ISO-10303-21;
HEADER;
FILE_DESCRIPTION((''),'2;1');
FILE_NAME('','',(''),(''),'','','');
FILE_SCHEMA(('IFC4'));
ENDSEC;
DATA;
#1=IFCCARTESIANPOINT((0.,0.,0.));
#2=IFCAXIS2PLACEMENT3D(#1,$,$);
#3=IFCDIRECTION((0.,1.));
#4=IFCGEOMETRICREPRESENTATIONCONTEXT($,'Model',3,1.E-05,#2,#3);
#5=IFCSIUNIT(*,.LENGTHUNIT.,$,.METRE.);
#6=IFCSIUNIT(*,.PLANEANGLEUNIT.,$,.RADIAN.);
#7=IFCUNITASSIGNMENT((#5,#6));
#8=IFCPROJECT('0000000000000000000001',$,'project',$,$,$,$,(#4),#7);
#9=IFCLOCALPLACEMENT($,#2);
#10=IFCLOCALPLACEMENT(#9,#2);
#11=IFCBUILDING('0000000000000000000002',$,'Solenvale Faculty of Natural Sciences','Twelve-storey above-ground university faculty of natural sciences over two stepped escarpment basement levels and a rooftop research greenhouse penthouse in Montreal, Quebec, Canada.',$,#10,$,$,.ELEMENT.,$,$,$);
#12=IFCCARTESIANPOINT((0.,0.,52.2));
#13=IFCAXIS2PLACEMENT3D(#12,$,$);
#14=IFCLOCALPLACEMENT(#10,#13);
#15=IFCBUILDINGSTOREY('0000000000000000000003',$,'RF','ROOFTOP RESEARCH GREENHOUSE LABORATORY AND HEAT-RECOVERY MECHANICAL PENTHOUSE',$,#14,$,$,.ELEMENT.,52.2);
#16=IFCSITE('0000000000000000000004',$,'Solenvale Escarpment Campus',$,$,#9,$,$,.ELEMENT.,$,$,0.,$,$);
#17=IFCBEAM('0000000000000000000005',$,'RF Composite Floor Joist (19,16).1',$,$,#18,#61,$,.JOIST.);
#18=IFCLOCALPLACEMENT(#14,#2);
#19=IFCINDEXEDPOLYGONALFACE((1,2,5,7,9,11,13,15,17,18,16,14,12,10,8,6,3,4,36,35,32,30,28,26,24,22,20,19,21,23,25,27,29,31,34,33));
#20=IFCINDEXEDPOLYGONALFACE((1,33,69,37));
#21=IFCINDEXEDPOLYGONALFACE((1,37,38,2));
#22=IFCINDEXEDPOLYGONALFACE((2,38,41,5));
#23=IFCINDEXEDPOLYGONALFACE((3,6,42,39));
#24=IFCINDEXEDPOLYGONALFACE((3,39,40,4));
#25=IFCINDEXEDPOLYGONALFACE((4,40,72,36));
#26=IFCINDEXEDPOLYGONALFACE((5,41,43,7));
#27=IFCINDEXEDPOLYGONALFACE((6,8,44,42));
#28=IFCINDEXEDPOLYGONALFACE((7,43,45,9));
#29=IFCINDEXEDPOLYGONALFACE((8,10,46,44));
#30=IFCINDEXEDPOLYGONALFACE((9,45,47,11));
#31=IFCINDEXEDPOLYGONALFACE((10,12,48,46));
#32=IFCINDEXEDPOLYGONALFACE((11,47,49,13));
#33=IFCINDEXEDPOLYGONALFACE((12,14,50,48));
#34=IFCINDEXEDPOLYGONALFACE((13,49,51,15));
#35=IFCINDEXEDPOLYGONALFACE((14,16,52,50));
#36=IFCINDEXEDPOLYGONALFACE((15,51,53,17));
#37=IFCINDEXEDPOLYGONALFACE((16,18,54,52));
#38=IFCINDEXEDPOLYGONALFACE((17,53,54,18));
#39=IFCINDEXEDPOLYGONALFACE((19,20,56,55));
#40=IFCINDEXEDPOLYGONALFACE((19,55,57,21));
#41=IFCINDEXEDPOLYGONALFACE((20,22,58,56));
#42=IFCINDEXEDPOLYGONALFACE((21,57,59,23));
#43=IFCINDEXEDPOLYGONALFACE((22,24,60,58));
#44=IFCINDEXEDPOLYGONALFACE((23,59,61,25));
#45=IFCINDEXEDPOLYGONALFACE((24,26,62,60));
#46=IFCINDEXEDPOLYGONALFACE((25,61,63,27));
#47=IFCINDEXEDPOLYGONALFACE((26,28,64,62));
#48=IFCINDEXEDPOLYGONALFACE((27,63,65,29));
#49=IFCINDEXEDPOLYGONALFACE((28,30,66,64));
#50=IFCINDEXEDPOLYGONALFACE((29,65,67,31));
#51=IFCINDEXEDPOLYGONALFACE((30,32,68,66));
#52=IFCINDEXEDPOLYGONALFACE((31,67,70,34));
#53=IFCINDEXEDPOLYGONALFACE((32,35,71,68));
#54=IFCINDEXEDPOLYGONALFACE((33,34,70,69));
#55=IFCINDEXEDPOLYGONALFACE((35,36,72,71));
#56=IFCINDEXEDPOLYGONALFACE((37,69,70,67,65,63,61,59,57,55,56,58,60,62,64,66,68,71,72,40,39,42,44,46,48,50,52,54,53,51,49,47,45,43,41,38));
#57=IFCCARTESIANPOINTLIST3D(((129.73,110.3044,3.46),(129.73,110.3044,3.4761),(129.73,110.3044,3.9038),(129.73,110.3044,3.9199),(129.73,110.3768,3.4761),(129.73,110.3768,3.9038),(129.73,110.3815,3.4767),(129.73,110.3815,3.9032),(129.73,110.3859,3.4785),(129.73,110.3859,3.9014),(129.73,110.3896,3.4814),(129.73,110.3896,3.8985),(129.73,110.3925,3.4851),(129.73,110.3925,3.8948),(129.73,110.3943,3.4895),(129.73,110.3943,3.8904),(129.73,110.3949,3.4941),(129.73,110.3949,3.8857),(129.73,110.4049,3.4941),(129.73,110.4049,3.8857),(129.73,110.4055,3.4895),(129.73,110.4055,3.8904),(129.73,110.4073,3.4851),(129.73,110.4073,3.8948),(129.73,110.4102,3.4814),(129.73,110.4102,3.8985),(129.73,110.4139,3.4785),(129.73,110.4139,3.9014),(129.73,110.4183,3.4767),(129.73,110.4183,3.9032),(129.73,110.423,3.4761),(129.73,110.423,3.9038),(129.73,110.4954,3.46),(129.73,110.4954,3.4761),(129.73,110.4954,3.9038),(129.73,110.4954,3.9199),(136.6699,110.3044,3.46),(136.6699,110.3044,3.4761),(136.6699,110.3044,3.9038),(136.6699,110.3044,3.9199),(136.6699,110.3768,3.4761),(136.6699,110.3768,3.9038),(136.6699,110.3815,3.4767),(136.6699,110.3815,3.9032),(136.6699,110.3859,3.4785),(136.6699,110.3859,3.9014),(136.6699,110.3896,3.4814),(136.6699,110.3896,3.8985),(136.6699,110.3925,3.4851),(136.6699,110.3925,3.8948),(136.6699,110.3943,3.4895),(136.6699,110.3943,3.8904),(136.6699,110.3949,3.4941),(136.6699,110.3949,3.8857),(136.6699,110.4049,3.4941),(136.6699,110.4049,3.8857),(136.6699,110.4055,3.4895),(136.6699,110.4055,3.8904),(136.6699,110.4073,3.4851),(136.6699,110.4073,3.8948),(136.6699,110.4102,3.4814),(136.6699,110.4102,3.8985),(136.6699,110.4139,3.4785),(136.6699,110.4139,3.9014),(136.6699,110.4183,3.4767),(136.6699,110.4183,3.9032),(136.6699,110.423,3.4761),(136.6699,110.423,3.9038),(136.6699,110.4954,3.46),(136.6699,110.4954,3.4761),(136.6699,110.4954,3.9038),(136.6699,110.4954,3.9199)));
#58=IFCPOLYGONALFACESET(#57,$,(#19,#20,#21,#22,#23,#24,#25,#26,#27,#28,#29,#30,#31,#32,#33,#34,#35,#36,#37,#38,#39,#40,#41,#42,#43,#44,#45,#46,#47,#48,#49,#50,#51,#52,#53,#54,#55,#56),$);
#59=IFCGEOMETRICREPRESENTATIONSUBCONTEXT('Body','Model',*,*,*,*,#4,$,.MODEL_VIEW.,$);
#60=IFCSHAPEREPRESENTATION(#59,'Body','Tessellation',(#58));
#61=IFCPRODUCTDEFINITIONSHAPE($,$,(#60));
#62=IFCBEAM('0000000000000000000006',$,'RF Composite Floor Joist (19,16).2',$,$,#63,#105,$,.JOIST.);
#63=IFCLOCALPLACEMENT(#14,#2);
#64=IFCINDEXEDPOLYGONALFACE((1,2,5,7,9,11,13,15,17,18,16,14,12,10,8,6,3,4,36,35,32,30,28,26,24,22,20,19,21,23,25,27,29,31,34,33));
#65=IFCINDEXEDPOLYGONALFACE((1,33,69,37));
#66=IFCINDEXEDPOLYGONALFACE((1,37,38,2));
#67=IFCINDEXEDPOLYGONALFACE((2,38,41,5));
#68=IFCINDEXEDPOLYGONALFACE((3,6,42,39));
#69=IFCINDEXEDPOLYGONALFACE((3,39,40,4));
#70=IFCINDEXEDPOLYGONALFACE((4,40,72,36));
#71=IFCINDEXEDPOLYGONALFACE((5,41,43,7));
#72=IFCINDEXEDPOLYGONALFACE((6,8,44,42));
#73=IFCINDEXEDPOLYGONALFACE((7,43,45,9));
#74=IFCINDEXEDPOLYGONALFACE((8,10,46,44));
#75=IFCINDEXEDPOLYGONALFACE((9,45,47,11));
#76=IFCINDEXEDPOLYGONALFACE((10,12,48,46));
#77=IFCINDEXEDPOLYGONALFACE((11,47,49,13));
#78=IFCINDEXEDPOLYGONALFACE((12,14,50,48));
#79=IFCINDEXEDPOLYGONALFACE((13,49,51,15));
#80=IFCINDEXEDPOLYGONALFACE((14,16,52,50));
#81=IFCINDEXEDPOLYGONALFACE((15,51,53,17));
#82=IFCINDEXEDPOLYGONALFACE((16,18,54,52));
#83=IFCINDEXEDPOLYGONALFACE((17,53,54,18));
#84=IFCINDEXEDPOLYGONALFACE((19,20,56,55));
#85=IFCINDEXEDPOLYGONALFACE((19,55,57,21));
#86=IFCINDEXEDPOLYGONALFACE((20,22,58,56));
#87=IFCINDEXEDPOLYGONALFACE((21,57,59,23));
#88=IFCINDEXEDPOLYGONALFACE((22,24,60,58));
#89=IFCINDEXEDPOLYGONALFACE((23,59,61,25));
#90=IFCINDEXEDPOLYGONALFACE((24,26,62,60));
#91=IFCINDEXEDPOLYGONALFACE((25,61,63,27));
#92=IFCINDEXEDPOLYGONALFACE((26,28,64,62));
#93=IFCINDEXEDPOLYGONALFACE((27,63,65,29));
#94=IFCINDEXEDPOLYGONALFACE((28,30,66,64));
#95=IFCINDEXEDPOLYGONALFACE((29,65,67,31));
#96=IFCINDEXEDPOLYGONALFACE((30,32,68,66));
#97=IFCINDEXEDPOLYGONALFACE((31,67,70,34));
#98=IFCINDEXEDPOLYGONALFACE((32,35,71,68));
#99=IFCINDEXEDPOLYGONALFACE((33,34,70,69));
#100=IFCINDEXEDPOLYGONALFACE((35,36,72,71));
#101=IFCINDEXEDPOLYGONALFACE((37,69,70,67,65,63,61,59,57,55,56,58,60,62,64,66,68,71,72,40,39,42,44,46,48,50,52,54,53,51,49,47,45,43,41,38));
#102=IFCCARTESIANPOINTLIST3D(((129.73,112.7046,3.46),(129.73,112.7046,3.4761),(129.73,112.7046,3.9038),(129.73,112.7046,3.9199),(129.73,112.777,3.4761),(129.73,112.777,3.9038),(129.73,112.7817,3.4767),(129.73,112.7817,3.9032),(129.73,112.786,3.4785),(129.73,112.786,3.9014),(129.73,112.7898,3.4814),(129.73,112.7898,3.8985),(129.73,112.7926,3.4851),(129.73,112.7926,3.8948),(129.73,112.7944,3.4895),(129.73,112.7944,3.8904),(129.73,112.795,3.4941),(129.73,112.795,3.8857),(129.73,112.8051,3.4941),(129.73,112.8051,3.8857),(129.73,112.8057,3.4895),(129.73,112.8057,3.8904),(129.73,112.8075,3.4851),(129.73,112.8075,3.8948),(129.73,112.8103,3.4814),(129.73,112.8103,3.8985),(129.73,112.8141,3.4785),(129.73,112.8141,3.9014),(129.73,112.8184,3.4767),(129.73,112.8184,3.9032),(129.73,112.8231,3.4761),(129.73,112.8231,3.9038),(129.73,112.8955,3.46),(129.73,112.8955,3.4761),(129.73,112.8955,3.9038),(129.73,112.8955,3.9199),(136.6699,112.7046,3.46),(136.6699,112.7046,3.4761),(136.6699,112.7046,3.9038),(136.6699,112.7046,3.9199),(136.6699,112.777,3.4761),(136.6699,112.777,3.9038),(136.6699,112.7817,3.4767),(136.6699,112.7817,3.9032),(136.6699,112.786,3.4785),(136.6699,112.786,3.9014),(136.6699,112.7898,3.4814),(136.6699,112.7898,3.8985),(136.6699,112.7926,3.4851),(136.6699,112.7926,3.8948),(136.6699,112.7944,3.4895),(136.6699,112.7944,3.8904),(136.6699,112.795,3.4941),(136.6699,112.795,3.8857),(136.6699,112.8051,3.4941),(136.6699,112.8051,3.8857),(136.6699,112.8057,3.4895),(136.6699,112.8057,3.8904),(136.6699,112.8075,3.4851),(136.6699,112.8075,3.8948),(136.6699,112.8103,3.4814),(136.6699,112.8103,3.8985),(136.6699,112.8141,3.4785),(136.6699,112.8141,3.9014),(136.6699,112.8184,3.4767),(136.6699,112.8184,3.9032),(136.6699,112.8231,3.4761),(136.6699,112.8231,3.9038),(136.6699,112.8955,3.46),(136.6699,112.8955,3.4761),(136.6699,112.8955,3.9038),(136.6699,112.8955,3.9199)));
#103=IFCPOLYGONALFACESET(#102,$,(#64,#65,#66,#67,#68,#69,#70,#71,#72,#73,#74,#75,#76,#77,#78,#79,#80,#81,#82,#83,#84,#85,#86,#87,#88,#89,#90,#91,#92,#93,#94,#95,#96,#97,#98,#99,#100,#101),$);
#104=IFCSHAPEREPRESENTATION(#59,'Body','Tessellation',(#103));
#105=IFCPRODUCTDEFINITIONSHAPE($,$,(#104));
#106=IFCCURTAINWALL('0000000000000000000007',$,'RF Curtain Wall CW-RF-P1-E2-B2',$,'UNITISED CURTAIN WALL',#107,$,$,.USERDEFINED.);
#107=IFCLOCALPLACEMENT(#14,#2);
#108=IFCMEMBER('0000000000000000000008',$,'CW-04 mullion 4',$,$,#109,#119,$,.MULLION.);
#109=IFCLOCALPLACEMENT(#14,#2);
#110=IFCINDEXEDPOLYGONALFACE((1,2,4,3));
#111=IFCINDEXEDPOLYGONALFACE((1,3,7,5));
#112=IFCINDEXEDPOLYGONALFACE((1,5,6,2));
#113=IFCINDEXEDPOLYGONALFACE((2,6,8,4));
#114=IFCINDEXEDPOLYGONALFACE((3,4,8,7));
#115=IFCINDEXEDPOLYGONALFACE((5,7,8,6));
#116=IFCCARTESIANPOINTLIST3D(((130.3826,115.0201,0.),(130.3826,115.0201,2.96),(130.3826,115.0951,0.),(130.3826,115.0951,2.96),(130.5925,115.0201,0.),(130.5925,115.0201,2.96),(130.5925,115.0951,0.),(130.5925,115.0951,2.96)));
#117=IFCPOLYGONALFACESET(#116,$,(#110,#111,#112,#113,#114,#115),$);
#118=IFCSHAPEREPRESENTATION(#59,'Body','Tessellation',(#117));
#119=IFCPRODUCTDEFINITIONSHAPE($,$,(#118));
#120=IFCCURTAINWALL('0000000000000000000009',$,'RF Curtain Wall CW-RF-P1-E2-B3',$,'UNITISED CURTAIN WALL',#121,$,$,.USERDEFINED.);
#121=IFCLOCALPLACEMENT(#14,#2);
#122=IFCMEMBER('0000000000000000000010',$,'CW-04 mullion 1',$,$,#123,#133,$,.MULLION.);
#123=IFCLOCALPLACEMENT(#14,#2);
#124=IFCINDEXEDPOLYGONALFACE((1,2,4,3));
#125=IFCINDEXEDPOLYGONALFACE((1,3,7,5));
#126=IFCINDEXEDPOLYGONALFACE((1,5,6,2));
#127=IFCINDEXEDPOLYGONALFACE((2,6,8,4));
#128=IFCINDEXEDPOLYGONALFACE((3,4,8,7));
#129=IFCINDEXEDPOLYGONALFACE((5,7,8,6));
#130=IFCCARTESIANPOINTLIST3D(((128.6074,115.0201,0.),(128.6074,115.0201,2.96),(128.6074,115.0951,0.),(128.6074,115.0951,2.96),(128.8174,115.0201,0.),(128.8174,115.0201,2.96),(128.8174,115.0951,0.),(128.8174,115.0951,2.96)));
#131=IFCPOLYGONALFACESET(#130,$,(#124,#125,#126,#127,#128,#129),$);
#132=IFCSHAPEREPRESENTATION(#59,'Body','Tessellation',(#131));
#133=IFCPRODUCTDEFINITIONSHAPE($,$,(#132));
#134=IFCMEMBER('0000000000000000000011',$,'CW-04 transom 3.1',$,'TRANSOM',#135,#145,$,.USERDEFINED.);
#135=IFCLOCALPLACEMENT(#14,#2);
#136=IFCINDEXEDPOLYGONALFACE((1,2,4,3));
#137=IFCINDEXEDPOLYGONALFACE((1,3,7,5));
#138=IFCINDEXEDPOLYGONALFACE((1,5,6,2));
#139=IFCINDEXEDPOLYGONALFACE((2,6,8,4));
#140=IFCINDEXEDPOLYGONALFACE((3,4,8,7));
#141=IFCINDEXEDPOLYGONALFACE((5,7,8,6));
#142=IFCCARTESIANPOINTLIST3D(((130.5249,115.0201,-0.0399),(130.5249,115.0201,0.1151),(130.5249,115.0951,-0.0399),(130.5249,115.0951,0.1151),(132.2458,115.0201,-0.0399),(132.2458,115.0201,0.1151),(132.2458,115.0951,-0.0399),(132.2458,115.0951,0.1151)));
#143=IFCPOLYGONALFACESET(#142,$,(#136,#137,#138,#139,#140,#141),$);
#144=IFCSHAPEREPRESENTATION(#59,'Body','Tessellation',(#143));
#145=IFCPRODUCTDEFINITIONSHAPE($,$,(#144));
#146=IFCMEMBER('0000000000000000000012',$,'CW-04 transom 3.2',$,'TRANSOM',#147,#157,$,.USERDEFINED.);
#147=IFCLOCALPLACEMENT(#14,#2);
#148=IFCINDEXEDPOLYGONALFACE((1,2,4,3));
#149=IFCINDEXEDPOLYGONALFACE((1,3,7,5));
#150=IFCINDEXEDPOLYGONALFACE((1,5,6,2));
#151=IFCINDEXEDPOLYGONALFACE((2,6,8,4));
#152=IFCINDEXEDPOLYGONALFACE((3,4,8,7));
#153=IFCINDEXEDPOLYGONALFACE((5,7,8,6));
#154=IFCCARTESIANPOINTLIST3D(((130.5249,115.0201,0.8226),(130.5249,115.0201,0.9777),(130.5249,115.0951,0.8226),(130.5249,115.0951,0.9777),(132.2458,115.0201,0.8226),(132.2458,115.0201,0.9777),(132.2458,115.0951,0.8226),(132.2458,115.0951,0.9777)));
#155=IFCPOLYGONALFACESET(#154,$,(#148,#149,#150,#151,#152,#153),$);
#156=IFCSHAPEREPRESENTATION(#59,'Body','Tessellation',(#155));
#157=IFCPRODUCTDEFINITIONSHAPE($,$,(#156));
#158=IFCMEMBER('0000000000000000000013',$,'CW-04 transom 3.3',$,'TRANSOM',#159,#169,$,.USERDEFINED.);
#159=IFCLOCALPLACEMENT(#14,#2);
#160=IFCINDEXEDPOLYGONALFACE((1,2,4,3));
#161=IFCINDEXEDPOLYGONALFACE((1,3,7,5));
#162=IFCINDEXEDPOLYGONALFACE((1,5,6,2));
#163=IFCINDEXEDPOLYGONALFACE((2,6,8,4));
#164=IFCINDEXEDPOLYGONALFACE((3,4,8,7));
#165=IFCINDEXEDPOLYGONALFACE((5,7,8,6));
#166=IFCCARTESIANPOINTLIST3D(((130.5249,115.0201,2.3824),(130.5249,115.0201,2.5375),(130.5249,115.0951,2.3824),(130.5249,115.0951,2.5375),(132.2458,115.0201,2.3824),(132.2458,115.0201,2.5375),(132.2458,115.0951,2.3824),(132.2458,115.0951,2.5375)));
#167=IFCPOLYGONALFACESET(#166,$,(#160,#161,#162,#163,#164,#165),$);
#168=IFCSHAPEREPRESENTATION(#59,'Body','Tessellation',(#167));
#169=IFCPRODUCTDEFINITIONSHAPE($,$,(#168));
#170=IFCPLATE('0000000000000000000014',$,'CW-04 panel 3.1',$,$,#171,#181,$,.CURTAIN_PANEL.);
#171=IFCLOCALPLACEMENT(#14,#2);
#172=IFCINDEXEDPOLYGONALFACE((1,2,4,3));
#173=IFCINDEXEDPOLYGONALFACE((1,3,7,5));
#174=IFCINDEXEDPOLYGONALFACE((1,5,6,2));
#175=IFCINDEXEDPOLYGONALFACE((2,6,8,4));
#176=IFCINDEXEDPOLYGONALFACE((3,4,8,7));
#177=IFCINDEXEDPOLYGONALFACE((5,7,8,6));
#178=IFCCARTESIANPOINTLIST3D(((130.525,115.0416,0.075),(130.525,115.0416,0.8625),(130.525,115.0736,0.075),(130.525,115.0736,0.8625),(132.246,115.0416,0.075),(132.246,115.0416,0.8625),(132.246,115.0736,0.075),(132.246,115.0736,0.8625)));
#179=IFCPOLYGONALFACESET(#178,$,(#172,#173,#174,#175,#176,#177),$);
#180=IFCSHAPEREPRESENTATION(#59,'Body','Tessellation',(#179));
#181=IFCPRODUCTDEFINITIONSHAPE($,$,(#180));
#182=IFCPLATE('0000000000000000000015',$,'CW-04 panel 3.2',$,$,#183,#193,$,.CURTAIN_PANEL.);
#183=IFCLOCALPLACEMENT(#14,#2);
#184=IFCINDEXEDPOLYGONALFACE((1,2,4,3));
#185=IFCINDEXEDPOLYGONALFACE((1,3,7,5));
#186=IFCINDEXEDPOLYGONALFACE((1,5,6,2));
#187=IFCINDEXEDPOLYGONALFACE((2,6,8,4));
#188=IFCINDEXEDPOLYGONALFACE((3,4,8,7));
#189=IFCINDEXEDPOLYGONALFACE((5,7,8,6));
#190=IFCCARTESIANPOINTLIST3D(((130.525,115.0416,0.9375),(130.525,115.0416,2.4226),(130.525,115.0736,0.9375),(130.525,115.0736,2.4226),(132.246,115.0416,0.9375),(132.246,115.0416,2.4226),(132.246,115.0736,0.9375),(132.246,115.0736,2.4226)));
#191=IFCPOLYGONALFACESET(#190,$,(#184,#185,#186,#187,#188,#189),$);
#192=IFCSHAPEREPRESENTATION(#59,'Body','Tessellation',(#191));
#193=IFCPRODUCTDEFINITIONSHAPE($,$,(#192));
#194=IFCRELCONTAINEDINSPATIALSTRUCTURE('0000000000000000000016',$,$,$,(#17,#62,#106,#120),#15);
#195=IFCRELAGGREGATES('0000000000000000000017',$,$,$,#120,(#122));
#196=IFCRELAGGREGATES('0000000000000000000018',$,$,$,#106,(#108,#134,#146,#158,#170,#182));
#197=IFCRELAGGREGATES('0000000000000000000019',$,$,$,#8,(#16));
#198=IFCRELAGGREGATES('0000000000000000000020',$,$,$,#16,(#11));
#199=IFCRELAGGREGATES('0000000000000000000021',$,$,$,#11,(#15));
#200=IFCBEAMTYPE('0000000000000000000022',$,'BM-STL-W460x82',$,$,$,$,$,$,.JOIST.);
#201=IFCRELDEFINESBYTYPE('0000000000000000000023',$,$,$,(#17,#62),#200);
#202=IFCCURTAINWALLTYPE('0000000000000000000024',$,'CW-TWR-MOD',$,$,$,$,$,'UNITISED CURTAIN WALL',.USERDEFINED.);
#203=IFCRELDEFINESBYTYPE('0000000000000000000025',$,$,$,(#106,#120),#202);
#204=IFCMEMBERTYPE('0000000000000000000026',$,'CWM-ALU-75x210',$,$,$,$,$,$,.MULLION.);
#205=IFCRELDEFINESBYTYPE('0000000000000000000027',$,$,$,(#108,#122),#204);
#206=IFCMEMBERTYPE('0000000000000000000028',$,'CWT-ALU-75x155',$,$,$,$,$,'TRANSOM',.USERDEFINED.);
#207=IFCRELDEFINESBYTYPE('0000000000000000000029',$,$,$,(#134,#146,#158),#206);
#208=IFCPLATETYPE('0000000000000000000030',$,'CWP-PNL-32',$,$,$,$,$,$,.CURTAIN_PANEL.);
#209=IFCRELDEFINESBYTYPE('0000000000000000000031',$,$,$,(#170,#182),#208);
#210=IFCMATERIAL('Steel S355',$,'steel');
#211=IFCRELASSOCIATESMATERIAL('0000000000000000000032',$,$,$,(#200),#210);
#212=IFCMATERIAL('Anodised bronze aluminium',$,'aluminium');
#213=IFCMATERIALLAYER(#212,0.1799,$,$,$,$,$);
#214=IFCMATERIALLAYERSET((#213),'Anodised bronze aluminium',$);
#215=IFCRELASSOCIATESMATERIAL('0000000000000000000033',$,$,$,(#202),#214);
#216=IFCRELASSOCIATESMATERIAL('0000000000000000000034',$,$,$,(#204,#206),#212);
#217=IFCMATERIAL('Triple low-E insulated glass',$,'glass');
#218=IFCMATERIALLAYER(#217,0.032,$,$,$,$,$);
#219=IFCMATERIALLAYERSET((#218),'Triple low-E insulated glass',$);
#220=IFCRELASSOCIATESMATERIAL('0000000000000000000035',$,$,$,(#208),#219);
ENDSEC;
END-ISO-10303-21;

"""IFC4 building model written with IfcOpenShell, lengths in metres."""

from ifc_helpers import new_model, si_unit, direction, frame, origin, origin_2d, place, context, subcontext, project, spatial, rectangle, i_section, extrude, material, layer, layer_set, material_profile, profile_set, type_object, element, aggregate, save


model = new_model("IFC4")

# Units and contexts
model_context = context("Model", 3, precision=1e-05, world=origin(), true_north=direction((0.0, 1.0)))
body_context = subcontext(model_context, "Body", "Model", "MODEL_VIEW")
ifc_project = project(units=[si_unit("LENGTHUNIT", "METRE"), si_unit("PLANEANGLEUNIT", "RADIAN")], contexts=[model_context])

# Site, building, storey
site_placement = place(None, origin())
site = spatial("IfcSite", under=ifc_project, at=site_placement, Name="Solenvale Escarpment Campus", CompositionType="ELEMENT", RefElevation=0.0)
building_placement = place(site_placement, origin())
building = spatial("IfcBuilding", under=site, at=building_placement, Name="Solenvale Faculty of Natural Sciences", Description="Twelve-storey above-ground university faculty of natural sciences over two stepped escarpment basement levels and a rooftop research greenhouse penthouse in Montreal, Quebec, Canada.", CompositionType="ELEMENT")
storey_placement = place(building_placement, frame((0.0, 0.0, 52.2)))
storey = spatial("IfcBuildingStorey", under=building, at=storey_placement, Name="RF", Description="ROOFTOP RESEARCH GREENHOUSE LABORATORY AND HEAT-RECOVERY MECHANICAL PENTHOUSE", CompositionType="ELEMENT", Elevation=52.2)

# Beams
ifc_material_1 = material(Name="Steel S355", Category="steel")
ifc_material_profile_1 = material_profile(ifc_material_1, i_section(OverallWidth=0.1909, OverallDepth=0.46, WebThickness=0.01, FlangeThickness=0.0161, FilletRadius=0.0181, at=origin_2d()), Name="W460x82")
ifc_profile_set_1 = profile_set([ifc_material_profile_1], Name="Steel S355")
beam_type_1 = type_object("IfcBeamType", Name="BM-STL-W460x82", PredefinedType="JOIST", material=ifc_profile_set_1)
for number, where, z_axis, x_axis, name in (
    (1, (129.73, 110.3999, 3.6899), (1.0, 0.0, 0.0), (0.0, 1.0, 0.0), "RF Composite Floor Joist (19,16).1"),
    (2, (129.73, 112.8, 3.6899), (1.0, 0.0, 0.0), (0.0, 1.0, 0.0), "RF Composite Floor Joist (19,16).2"),
):
    element("IfcBeam", number, at=place(storey_placement, frame(where, z_axis=z_axis, x_axis=x_axis)), inside=storey, type_object=beam_type_1, Name=name, PredefinedType="JOIST", context=body_context, shape_type="SweptSolid", body=[
        extrude(i_section(OverallWidth=0.1909, OverallDepth=0.46, WebThickness=0.01, FlangeThickness=0.0161, FilletRadius=0.0181, at=origin_2d()), origin(), (0.0, 0.0, 1.0), 6.9399),
    ])

# Curtain walls, members
ifc_material_2 = material(Name="Anodised bronze aluminium", Category="aluminium")
ifc_layer_1 = layer(ifc_material_2, 0.1799)
ifc_layer_set_1 = layer_set([ifc_layer_1], Name="Anodised bronze aluminium")
curtain_wall_type = type_object("IfcCurtainWallType", Name="CW-TWR-MOD", ElementType="UNITISED CURTAIN WALL", PredefinedType="USERDEFINED", material=ifc_layer_set_1)
curtain_wall_1_placement = place(storey_placement, origin())
curtain_wall_1 = element("IfcCurtainWall", 3, at=curtain_wall_1_placement, inside=storey, type_object=curtain_wall_type, Name="RF Curtain Wall CW-RF-P1-E2-B2", ObjectType="UNITISED CURTAIN WALL", PredefinedType="USERDEFINED")
ifc_material_profile_2 = material_profile(ifc_material_2, rectangle(XDim=0.075, YDim=0.21, at=origin_2d()), Name="ALU-MUL-75x210")
ifc_profile_set_2 = profile_set([ifc_material_profile_2], Name="Anodised bronze aluminium")
member_type_1 = type_object("IfcMemberType", Name="CWM-ALU-75x210", PredefinedType="MULLION", material=ifc_profile_set_2)
member_1_placement = place(storey_placement, frame((130.4875, 115.0576, 0.0), z_axis=(0.0, 0.0, 1.0), x_axis=(0.0, -1.0, 0.0)))
member_1 = element("IfcMember", 4, at=member_1_placement, type_object=member_type_1, Name="CW-04 mullion 4", PredefinedType="MULLION", context=body_context, shape_type="SweptSolid", body=[
    extrude(rectangle(XDim=0.075, YDim=0.21, at=origin_2d()), origin(), (0.0, 0.0, 1.0), 2.96),
])
curtain_wall_2_placement = place(storey_placement, origin())
curtain_wall_2 = element("IfcCurtainWall", 5, at=curtain_wall_2_placement, inside=storey, type_object=curtain_wall_type, Name="RF Curtain Wall CW-RF-P1-E2-B3", ObjectType="UNITISED CURTAIN WALL", PredefinedType="USERDEFINED")
member_2_placement = place(storey_placement, frame((128.7124, 115.0576, 0.0), z_axis=(0.0, 0.0, 1.0), x_axis=(0.0, -1.0, 0.0)))
member_2 = element("IfcMember", 6, at=member_2_placement, type_object=member_type_1, Name="CW-04 mullion 1", PredefinedType="MULLION", context=body_context, shape_type="SweptSolid", body=[
    extrude(rectangle(XDim=0.075, YDim=0.21, at=origin_2d()), origin(), (0.0, 0.0, 1.0), 2.96),
])
aggregate(curtain_wall_2, [member_2])

# Members
ifc_material_profile_3 = material_profile(ifc_material_2, rectangle(XDim=0.075, YDim=0.155, at=origin_2d()), Name="ALU-TRN-75x155")
ifc_profile_set_3 = profile_set([ifc_material_profile_3], Name="Anodised bronze aluminium")
member_type_2 = type_object("IfcMemberType", Name="CWT-ALU-75x155", ElementType="TRANSOM", PredefinedType="USERDEFINED", material=ifc_profile_set_3)
member_3_placement = place(storey_placement, frame((132.2458, 115.0576, 0.0376), z_axis=(-1.0, 0.0, 0.0), x_axis=(0.0, -1.0, 0.0)))
member_3 = element("IfcMember", 7, at=member_3_placement, type_object=member_type_2, Name="CW-04 transom 3.1", ObjectType="TRANSOM", PredefinedType="USERDEFINED", context=body_context, shape_type="SweptSolid", body=[
    extrude(rectangle(XDim=0.075, YDim=0.155, at=origin_2d()), origin(), (0.0, 0.0, 1.0), 1.7209),
])
member_4_placement = place(storey_placement, frame((132.2458, 115.0576, 0.9001), z_axis=(-1.0, 0.0, 0.0), x_axis=(0.0, -1.0, 0.0)))
member_4 = element("IfcMember", 8, at=member_4_placement, type_object=member_type_2, Name="CW-04 transom 3.2", ObjectType="TRANSOM", PredefinedType="USERDEFINED", context=body_context, shape_type="SweptSolid", body=[
    extrude(rectangle(XDim=0.075, YDim=0.155, at=origin_2d()), origin(), (0.0, 0.0, 1.0), 1.7209),
])
member_5_placement = place(storey_placement, frame((132.2458, 115.0576, 2.46), z_axis=(-1.0, 0.0, 0.0), x_axis=(0.0, -1.0, 0.0)))
member_5 = element("IfcMember", 9, at=member_5_placement, type_object=member_type_2, Name="CW-04 transom 3.3", ObjectType="TRANSOM", PredefinedType="USERDEFINED", context=body_context, shape_type="SweptSolid", body=[
    extrude(rectangle(XDim=0.075, YDim=0.155, at=origin_2d()), origin(), (0.0, 0.0, 1.0), 1.7209),
])

# Plates
ifc_material_3 = material(Name="Triple low-E insulated glass", Category="glass")
ifc_layer_2 = layer(ifc_material_3, 0.032)
ifc_layer_set_2 = layer_set([ifc_layer_2], Name="Triple low-E insulated glass")
plate_type = type_object("IfcPlateType", Name="CWP-PNL-32", PredefinedType="CURTAIN_PANEL", material=ifc_layer_set_2)
plate_1_placement = place(storey_placement, frame((131.3855, 115.0576, 0.075), z_axis=(0.0, 0.0, 1.0), x_axis=(-1.0, 0.0, 0.0)))
plate_1 = element("IfcPlate", 10, at=plate_1_placement, type_object=plate_type, Name="CW-04 panel 3.1", PredefinedType="CURTAIN_PANEL", context=body_context, shape_type="SweptSolid", body=[
    extrude(rectangle(XDim=1.7209, YDim=0.032, at=origin_2d()), origin(), (0.0, 0.0, 1.0), 0.7876),
])
plate_2_placement = place(storey_placement, frame((131.3855, 115.0576, 0.9375), z_axis=(0.0, 0.0, 1.0), x_axis=(-1.0, 0.0, 0.0)))
plate_2 = element("IfcPlate", 11, at=plate_2_placement, type_object=plate_type, Name="CW-04 panel 3.2", PredefinedType="CURTAIN_PANEL", context=body_context, shape_type="SweptSolid", body=[
    extrude(rectangle(XDim=1.7209, YDim=0.032, at=origin_2d()), origin(), (0.0, 0.0, 1.0), 1.4851),
])
aggregate(curtain_wall_1, [member_1, member_3, member_4, member_5, plate_1, plate_2])

save(model, "model.ifc")
